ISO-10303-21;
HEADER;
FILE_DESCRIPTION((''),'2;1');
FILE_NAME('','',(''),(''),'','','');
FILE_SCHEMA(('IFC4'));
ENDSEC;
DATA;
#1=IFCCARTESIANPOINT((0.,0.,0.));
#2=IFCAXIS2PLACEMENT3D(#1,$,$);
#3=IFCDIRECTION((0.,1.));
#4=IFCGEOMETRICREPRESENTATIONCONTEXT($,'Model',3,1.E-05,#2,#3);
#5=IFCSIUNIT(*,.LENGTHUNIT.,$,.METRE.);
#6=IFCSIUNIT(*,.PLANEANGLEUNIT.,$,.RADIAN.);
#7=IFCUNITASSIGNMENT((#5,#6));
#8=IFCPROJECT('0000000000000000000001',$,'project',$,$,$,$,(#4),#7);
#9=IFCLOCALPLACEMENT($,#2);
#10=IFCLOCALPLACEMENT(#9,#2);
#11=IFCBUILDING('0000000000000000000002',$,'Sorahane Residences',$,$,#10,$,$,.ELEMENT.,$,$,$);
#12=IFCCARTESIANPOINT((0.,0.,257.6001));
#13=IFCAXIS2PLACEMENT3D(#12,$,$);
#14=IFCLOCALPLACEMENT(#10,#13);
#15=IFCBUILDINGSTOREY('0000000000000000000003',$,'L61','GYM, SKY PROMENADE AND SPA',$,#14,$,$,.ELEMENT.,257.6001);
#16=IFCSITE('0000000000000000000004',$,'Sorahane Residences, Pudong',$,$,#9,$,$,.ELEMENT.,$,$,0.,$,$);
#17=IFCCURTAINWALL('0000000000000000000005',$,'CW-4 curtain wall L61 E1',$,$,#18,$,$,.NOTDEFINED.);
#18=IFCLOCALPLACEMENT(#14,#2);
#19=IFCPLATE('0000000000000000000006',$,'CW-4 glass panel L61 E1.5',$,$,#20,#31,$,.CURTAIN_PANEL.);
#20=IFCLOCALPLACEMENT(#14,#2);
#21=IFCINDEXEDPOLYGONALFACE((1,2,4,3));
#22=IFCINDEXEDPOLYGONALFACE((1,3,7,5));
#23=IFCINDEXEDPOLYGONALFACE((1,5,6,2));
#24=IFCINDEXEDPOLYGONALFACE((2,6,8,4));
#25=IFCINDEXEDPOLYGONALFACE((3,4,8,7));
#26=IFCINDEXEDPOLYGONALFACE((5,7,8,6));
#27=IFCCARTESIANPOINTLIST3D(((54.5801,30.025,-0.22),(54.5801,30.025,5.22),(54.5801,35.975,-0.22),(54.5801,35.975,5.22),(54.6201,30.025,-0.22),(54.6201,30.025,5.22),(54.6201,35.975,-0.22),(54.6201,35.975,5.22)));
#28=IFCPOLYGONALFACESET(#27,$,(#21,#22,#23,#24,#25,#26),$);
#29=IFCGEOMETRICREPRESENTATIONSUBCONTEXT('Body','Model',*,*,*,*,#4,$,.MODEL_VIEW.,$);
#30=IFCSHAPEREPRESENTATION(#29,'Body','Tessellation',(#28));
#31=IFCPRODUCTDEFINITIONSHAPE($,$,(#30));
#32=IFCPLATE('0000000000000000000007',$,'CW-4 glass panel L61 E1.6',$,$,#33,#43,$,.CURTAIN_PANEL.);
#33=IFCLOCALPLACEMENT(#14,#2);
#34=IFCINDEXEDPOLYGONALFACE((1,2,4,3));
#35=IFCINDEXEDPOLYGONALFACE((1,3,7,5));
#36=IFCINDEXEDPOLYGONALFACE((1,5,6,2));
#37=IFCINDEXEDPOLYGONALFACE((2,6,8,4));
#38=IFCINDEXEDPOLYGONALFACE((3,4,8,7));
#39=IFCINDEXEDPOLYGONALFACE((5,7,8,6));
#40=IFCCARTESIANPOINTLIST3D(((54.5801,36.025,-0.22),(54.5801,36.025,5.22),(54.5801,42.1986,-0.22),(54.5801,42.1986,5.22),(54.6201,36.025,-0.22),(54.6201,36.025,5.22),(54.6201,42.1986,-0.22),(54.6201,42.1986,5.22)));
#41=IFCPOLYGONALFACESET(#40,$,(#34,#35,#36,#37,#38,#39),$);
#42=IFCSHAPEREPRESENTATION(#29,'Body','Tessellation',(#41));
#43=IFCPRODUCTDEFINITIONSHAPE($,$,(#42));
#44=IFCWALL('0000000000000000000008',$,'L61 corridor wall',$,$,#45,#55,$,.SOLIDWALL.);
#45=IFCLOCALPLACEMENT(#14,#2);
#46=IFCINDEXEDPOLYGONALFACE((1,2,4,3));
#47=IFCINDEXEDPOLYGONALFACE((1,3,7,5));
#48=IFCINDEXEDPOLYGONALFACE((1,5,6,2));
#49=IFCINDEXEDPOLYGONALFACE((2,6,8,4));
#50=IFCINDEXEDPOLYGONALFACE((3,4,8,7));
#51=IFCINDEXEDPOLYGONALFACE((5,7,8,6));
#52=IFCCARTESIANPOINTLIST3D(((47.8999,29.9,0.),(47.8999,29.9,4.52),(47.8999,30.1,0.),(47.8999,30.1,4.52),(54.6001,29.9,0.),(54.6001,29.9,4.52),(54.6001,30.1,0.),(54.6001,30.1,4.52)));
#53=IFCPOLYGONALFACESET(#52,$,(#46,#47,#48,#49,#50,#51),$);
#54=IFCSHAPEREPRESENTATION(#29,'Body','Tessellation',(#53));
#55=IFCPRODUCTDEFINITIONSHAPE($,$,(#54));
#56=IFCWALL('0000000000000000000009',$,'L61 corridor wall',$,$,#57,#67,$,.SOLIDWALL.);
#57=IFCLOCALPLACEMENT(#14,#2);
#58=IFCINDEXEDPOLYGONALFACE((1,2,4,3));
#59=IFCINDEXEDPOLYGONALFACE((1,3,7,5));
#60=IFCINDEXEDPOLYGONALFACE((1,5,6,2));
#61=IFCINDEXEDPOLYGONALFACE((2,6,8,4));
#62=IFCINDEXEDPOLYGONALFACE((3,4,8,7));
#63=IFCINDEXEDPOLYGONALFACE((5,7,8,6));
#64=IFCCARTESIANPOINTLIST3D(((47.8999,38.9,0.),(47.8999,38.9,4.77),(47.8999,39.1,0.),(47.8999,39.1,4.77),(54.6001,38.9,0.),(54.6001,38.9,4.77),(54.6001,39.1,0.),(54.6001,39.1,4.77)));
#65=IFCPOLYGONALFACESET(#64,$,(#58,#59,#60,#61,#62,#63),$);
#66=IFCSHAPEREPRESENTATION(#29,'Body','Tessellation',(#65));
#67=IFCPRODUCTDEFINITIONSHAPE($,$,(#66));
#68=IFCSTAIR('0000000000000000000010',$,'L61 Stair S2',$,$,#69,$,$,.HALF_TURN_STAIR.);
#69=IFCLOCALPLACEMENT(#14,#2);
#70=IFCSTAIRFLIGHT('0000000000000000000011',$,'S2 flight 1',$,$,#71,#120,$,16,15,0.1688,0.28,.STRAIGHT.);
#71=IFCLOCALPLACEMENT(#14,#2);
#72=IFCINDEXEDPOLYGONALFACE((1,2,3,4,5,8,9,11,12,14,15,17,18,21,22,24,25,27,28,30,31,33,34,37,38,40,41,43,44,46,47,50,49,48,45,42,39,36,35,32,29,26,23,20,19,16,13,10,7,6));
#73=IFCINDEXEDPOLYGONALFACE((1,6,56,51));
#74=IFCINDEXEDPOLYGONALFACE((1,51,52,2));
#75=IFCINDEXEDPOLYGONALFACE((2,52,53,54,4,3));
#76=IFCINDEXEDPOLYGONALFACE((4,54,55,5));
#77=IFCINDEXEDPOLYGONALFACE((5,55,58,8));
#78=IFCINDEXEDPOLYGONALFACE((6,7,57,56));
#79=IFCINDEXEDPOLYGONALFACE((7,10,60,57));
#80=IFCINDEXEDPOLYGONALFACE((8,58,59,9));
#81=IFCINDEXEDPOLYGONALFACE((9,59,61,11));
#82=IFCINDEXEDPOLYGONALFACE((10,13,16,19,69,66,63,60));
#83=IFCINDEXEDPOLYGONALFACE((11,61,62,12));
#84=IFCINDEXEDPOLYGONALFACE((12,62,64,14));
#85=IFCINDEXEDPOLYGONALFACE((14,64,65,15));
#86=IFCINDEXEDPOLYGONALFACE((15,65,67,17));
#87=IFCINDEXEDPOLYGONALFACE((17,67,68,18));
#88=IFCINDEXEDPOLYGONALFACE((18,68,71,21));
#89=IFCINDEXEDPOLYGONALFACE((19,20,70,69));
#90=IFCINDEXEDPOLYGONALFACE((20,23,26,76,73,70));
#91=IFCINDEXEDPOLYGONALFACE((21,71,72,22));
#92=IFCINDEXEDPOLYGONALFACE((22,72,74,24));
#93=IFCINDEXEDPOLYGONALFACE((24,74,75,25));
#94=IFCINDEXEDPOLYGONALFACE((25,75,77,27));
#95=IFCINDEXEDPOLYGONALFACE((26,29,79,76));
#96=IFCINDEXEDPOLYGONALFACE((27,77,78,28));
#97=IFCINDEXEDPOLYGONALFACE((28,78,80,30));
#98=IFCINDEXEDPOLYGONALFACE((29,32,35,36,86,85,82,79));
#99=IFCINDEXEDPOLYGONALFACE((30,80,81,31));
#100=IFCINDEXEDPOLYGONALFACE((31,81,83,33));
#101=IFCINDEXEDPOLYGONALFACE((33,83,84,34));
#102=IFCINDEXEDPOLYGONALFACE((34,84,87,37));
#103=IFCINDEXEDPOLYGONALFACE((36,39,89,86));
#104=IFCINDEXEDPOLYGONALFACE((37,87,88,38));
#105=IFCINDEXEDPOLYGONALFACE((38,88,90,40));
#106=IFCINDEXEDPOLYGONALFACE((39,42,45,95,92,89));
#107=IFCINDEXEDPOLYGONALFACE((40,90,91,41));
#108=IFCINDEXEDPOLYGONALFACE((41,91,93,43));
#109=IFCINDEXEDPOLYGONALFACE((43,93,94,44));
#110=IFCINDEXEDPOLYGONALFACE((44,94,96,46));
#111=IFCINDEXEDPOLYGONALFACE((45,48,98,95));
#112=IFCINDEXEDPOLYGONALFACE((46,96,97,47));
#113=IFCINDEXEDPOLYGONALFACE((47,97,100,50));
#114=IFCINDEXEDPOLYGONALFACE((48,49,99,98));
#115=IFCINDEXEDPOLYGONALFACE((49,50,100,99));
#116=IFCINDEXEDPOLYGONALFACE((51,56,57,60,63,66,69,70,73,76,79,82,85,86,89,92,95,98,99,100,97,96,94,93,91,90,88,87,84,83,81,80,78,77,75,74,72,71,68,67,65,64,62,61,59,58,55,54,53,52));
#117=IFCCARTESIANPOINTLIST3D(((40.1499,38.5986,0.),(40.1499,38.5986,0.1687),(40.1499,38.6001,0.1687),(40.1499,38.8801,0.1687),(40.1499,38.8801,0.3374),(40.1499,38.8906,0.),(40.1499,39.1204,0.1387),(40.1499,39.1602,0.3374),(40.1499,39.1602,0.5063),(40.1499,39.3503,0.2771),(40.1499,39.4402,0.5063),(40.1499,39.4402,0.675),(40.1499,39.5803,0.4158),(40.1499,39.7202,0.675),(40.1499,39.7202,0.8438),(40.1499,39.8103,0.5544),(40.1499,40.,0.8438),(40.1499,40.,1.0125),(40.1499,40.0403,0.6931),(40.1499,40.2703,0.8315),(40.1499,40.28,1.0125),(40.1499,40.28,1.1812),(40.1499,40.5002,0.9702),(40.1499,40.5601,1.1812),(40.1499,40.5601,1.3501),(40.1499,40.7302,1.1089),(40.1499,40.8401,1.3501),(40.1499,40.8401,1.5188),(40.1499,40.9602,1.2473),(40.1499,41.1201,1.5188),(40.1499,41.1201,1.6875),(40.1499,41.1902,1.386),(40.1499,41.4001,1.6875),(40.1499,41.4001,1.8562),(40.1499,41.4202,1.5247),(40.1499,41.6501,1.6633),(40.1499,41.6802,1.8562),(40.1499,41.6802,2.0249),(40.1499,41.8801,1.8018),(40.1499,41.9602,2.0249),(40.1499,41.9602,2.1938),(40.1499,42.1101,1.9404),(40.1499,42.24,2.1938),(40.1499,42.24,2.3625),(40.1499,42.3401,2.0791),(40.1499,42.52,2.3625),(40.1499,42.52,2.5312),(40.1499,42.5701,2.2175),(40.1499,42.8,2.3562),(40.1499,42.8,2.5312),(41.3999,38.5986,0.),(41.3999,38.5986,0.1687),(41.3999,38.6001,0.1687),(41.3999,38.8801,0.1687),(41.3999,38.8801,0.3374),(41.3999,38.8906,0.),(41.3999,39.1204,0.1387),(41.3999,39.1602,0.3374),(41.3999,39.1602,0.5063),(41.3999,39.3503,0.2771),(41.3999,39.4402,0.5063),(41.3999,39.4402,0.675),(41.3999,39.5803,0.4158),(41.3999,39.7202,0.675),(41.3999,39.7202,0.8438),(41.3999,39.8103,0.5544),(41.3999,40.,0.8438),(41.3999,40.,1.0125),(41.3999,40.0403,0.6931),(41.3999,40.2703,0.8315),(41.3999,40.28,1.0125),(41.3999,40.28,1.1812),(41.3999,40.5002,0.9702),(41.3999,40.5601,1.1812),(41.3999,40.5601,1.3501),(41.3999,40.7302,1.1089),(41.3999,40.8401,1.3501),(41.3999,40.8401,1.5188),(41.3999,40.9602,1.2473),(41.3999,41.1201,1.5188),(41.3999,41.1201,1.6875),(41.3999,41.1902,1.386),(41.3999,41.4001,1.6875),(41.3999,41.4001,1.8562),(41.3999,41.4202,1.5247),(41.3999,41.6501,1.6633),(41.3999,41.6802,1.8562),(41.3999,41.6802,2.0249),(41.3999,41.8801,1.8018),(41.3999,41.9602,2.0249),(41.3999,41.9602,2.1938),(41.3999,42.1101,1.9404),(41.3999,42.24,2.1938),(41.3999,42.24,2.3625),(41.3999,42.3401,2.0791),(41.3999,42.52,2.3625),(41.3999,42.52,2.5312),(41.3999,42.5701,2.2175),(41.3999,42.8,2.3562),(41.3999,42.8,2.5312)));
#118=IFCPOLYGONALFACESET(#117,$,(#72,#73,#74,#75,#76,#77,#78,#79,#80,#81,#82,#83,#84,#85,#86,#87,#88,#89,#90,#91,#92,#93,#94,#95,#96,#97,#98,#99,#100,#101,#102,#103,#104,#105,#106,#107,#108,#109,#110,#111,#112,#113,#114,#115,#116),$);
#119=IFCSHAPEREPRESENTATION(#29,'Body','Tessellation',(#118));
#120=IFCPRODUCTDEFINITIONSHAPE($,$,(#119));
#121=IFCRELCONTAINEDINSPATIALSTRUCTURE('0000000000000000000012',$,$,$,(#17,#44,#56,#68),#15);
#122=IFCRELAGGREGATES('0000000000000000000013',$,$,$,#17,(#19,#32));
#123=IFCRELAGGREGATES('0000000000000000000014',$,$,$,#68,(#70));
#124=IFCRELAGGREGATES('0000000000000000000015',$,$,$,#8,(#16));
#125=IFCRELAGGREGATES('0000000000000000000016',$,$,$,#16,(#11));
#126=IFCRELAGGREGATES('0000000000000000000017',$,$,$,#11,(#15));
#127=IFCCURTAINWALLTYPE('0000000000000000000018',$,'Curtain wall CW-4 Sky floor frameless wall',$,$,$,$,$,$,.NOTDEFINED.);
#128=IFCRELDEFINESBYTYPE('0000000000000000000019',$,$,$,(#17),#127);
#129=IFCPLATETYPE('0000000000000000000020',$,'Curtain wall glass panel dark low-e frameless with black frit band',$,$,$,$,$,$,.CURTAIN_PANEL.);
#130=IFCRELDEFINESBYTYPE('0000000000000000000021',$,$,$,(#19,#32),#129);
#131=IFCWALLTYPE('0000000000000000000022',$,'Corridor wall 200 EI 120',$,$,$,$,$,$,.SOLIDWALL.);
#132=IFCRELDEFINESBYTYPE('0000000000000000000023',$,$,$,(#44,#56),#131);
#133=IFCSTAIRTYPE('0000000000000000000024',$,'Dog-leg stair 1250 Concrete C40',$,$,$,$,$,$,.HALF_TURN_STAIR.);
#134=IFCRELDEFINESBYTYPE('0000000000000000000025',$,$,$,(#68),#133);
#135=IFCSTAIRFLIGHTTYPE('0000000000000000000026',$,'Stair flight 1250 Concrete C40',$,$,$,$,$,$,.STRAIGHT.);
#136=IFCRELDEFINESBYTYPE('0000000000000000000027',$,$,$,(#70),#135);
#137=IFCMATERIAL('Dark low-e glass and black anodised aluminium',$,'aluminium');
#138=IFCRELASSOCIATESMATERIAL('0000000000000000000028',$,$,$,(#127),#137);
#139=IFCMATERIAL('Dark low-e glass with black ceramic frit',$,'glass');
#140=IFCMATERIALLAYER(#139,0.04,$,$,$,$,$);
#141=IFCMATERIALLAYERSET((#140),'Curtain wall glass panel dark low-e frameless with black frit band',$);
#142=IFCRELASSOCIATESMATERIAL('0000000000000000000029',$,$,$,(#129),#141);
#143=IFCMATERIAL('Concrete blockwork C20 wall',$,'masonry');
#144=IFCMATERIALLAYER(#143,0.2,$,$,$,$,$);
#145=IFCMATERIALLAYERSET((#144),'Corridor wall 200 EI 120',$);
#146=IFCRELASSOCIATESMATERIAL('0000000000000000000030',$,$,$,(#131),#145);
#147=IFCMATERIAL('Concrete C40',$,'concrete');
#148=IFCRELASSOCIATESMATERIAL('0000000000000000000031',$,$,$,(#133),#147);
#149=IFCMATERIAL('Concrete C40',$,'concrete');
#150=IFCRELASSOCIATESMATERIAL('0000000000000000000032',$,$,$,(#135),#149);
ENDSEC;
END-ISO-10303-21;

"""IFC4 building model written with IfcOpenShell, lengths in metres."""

from ifc_helpers import new_model, si_unit, direction, frame, frame_2d, origin, origin_2d, place, context, subcontext, project, spatial, polyline, rectangle, outline, extrude, material, layer, layer_set, type_object, element, aggregate, save


model = new_model("IFC4")

# Units and contexts
model_context = context("Model", 3, precision=1e-05, world=origin(), true_north=direction((0.0, 1.0)))
body_context = subcontext(model_context, "Body", "Model", "MODEL_VIEW")
ifc_project = project(units=[si_unit("LENGTHUNIT", "METRE"), si_unit("PLANEANGLEUNIT", "RADIAN")], contexts=[model_context])

# Site, building, storey
site_placement = place(None, origin())
site = spatial("IfcSite", under=ifc_project, at=site_placement, Name="Sorahane Residences, Pudong", CompositionType="ELEMENT", RefElevation=0.0)
building_placement = place(site_placement, origin())
building = spatial("IfcBuilding", under=site, at=building_placement, Name="Sorahane Residences", CompositionType="ELEMENT")
storey_placement = place(building_placement, frame((0.0, 0.0, 257.6001)))
storey = spatial("IfcBuildingStorey", under=building, at=storey_placement, Name="L61", Description="GYM, SKY PROMENADE AND SPA", CompositionType="ELEMENT", Elevation=257.6001)

# Curtain wall
ifc_material_1 = material(Name="Dark low-e glass and black anodised aluminium", Category="aluminium")
curtain_wall_type = type_object("IfcCurtainWallType", Name="Curtain wall CW-4 Sky floor frameless wall", PredefinedType="NOTDEFINED", material=ifc_material_1)
curtain_wall_placement = place(storey_placement, origin())
curtain_wall = element("IfcCurtainWall", 1, at=curtain_wall_placement, inside=storey, type_object=curtain_wall_type, Name="CW-4 curtain wall L61 E1", PredefinedType="NOTDEFINED")

# Plates
ifc_material_2 = material(Name="Dark low-e glass with black ceramic frit", Category="glass")
ifc_layer_1 = layer(ifc_material_2, 0.04)
ifc_layer_set_1 = layer_set([ifc_layer_1], Name="Curtain wall glass panel dark low-e frameless with black frit band")
plate_type = type_object("IfcPlateType", Name="Curtain wall glass panel dark low-e frameless with black frit band", PredefinedType="CURTAIN_PANEL", material=ifc_layer_set_1)
plate_1_placement = place(storey_placement, frame((54.6001, 33.0, -0.22), z_axis=(0.0, 0.0, 1.0), x_axis=(0.0, 1.0, 0.0)))
plate_1 = element("IfcPlate", 2, at=plate_1_placement, type_object=plate_type, Name="CW-4 glass panel L61 E1.5", PredefinedType="CURTAIN_PANEL", context=body_context, shape_type="SweptSolid", body=[
    extrude(rectangle(XDim=5.95, YDim=0.04, at=origin_2d()), origin(), (0.0, 0.0, 1.0), 5.4399),
])
plate_2_placement = place(storey_placement, frame((54.6001, 39.1118, -0.22), z_axis=(0.0, 0.0, 1.0), x_axis=(0.0, 1.0, 0.0)))
plate_2 = element("IfcPlate", 3, at=plate_2_placement, type_object=plate_type, Name="CW-4 glass panel L61 E1.6", PredefinedType="CURTAIN_PANEL", context=body_context, shape_type="SweptSolid", body=[
    extrude(rectangle(XDim=6.1736, YDim=0.04, at=origin_2d()), origin(), (0.0, 0.0, 1.0), 5.4399),
])
aggregate(curtain_wall, [plate_1, plate_2])

# Walls
ifc_material_3 = material(Name="Concrete blockwork C20 wall", Category="masonry")
ifc_layer_2 = layer(ifc_material_3, 0.2)
ifc_layer_set_2 = layer_set([ifc_layer_2], Name="Corridor wall 200 EI 120")
wall_type = type_object("IfcWallType", Name="Corridor wall 200 EI 120", PredefinedType="SOLIDWALL", material=ifc_layer_set_2)
wall_1_placement = place(storey_placement, frame((47.8999, 30.0, 0.0), z_axis=(0.0, 0.0, 1.0), x_axis=(1.0, 0.0, 0.0)))
element("IfcWall", 4, at=wall_1_placement, inside=storey, type_object=wall_type, Name="L61 corridor wall", PredefinedType="SOLIDWALL", context=body_context, shape_type="SweptSolid", body=[
    extrude(rectangle(XDim=6.7002, YDim=0.2, at=frame_2d((3.3501, 0.0))), origin(), (0.0, 0.0, 1.0), 4.52),
])
wall_2_placement = place(storey_placement, frame((47.8999, 39.0, 0.0), z_axis=(0.0, 0.0, 1.0), x_axis=(1.0, 0.0, 0.0)))
element("IfcWall", 5, at=wall_2_placement, inside=storey, type_object=wall_type, Name="L61 corridor wall", PredefinedType="SOLIDWALL", context=body_context, shape_type="SweptSolid", body=[
    extrude(rectangle(XDim=6.7002, YDim=0.2, at=frame_2d((3.3501, 0.0))), origin(), (0.0, 0.0, 1.0), 4.77),
])

# Stair, stair flight
ifc_material_4 = material(Name="Concrete C40", Category="concrete")
stair_type = type_object("IfcStairType", Name="Dog-leg stair 1250 Concrete C40", PredefinedType="HALF_TURN_STAIR", material=ifc_material_4)
stair_placement = place(storey_placement, origin())
stair = element("IfcStair", 6, at=stair_placement, inside=storey, type_object=stair_type, Name="L61 Stair S2", PredefinedType="HALF_TURN_STAIR")
ifc_material_5 = material(Name="Concrete C40", Category="concrete")
stair_flight_type = type_object("IfcStairFlightType", Name="Stair flight 1250 Concrete C40", PredefinedType="STRAIGHT", material=ifc_material_5)
stair_flight_placement = place(storey_placement, frame((40.7749, 38.6001, 0.0), z_axis=(0.0, 0.0, 1.0), x_axis=(0.0, 1.0, 0.0)))
stair_flight = element("IfcStairFlight", 7, at=stair_flight_placement, type_object=stair_flight_type, Name="S2 flight 1", NumberOfRisers=16, NumberOfTreads=15, PredefinedType="STRAIGHT", RiserHeight=0.1688, TreadLength=0.28, context=body_context, shape_type="SweptSolid", body=[
    extrude(outline(polyline([(-0.0015, 0.0), (-0.0015, 0.1687), (0.0, 0.1687), (0.28, 0.1687), (0.28, 0.3374), (0.5601, 0.3374), (0.5601, 0.5063), (0.8401, 0.5063), (0.8401, 0.675), (1.1201, 0.675), (1.1201, 0.8438), (1.3999, 0.8438), (1.3999, 1.0125), (1.6799, 1.0125), (1.6799, 1.1812), (1.96, 1.1812), (1.96, 1.3501), (2.24, 1.3501), (2.24, 1.5188), (2.52, 1.5188), (2.52, 1.6875), (2.8, 1.6875), (2.8, 1.8562), (3.0801, 1.8562), (3.0801, 2.0249), (3.3601, 2.0249), (3.3601, 2.1938), (3.6399, 2.1938), (3.6399, 2.3625), (3.9199, 2.3625), (3.9199, 2.5312), (4.2, 2.5312), (4.2, 2.7), (4.2, 2.3562), (3.97, 2.2175), (3.74, 2.0791), (3.51, 1.9404), (3.28, 1.8018), (3.05, 1.6633), (2.8201, 1.5247), (2.5901, 1.386), (2.3601, 1.2473), (2.1301, 1.1089), (1.9001, 0.9702), (1.6702, 0.8315), (1.4402, 0.6931), (1.2102, 0.5544), (0.9802, 0.4158), (0.7502, 0.2771), (0.5203, 0.1387), (0.2905, 0.0), (-0.0015, 0.0)])), frame((0.0, 0.625, 0.0), z_axis=(0.0, -1.0, 0.0), x_axis=(1.0, 0.0, 0.0)), (0.0, 0.0, 1.0), 1.25),
])
aggregate(stair, [stair_flight])

save(model, "model.ifc")
